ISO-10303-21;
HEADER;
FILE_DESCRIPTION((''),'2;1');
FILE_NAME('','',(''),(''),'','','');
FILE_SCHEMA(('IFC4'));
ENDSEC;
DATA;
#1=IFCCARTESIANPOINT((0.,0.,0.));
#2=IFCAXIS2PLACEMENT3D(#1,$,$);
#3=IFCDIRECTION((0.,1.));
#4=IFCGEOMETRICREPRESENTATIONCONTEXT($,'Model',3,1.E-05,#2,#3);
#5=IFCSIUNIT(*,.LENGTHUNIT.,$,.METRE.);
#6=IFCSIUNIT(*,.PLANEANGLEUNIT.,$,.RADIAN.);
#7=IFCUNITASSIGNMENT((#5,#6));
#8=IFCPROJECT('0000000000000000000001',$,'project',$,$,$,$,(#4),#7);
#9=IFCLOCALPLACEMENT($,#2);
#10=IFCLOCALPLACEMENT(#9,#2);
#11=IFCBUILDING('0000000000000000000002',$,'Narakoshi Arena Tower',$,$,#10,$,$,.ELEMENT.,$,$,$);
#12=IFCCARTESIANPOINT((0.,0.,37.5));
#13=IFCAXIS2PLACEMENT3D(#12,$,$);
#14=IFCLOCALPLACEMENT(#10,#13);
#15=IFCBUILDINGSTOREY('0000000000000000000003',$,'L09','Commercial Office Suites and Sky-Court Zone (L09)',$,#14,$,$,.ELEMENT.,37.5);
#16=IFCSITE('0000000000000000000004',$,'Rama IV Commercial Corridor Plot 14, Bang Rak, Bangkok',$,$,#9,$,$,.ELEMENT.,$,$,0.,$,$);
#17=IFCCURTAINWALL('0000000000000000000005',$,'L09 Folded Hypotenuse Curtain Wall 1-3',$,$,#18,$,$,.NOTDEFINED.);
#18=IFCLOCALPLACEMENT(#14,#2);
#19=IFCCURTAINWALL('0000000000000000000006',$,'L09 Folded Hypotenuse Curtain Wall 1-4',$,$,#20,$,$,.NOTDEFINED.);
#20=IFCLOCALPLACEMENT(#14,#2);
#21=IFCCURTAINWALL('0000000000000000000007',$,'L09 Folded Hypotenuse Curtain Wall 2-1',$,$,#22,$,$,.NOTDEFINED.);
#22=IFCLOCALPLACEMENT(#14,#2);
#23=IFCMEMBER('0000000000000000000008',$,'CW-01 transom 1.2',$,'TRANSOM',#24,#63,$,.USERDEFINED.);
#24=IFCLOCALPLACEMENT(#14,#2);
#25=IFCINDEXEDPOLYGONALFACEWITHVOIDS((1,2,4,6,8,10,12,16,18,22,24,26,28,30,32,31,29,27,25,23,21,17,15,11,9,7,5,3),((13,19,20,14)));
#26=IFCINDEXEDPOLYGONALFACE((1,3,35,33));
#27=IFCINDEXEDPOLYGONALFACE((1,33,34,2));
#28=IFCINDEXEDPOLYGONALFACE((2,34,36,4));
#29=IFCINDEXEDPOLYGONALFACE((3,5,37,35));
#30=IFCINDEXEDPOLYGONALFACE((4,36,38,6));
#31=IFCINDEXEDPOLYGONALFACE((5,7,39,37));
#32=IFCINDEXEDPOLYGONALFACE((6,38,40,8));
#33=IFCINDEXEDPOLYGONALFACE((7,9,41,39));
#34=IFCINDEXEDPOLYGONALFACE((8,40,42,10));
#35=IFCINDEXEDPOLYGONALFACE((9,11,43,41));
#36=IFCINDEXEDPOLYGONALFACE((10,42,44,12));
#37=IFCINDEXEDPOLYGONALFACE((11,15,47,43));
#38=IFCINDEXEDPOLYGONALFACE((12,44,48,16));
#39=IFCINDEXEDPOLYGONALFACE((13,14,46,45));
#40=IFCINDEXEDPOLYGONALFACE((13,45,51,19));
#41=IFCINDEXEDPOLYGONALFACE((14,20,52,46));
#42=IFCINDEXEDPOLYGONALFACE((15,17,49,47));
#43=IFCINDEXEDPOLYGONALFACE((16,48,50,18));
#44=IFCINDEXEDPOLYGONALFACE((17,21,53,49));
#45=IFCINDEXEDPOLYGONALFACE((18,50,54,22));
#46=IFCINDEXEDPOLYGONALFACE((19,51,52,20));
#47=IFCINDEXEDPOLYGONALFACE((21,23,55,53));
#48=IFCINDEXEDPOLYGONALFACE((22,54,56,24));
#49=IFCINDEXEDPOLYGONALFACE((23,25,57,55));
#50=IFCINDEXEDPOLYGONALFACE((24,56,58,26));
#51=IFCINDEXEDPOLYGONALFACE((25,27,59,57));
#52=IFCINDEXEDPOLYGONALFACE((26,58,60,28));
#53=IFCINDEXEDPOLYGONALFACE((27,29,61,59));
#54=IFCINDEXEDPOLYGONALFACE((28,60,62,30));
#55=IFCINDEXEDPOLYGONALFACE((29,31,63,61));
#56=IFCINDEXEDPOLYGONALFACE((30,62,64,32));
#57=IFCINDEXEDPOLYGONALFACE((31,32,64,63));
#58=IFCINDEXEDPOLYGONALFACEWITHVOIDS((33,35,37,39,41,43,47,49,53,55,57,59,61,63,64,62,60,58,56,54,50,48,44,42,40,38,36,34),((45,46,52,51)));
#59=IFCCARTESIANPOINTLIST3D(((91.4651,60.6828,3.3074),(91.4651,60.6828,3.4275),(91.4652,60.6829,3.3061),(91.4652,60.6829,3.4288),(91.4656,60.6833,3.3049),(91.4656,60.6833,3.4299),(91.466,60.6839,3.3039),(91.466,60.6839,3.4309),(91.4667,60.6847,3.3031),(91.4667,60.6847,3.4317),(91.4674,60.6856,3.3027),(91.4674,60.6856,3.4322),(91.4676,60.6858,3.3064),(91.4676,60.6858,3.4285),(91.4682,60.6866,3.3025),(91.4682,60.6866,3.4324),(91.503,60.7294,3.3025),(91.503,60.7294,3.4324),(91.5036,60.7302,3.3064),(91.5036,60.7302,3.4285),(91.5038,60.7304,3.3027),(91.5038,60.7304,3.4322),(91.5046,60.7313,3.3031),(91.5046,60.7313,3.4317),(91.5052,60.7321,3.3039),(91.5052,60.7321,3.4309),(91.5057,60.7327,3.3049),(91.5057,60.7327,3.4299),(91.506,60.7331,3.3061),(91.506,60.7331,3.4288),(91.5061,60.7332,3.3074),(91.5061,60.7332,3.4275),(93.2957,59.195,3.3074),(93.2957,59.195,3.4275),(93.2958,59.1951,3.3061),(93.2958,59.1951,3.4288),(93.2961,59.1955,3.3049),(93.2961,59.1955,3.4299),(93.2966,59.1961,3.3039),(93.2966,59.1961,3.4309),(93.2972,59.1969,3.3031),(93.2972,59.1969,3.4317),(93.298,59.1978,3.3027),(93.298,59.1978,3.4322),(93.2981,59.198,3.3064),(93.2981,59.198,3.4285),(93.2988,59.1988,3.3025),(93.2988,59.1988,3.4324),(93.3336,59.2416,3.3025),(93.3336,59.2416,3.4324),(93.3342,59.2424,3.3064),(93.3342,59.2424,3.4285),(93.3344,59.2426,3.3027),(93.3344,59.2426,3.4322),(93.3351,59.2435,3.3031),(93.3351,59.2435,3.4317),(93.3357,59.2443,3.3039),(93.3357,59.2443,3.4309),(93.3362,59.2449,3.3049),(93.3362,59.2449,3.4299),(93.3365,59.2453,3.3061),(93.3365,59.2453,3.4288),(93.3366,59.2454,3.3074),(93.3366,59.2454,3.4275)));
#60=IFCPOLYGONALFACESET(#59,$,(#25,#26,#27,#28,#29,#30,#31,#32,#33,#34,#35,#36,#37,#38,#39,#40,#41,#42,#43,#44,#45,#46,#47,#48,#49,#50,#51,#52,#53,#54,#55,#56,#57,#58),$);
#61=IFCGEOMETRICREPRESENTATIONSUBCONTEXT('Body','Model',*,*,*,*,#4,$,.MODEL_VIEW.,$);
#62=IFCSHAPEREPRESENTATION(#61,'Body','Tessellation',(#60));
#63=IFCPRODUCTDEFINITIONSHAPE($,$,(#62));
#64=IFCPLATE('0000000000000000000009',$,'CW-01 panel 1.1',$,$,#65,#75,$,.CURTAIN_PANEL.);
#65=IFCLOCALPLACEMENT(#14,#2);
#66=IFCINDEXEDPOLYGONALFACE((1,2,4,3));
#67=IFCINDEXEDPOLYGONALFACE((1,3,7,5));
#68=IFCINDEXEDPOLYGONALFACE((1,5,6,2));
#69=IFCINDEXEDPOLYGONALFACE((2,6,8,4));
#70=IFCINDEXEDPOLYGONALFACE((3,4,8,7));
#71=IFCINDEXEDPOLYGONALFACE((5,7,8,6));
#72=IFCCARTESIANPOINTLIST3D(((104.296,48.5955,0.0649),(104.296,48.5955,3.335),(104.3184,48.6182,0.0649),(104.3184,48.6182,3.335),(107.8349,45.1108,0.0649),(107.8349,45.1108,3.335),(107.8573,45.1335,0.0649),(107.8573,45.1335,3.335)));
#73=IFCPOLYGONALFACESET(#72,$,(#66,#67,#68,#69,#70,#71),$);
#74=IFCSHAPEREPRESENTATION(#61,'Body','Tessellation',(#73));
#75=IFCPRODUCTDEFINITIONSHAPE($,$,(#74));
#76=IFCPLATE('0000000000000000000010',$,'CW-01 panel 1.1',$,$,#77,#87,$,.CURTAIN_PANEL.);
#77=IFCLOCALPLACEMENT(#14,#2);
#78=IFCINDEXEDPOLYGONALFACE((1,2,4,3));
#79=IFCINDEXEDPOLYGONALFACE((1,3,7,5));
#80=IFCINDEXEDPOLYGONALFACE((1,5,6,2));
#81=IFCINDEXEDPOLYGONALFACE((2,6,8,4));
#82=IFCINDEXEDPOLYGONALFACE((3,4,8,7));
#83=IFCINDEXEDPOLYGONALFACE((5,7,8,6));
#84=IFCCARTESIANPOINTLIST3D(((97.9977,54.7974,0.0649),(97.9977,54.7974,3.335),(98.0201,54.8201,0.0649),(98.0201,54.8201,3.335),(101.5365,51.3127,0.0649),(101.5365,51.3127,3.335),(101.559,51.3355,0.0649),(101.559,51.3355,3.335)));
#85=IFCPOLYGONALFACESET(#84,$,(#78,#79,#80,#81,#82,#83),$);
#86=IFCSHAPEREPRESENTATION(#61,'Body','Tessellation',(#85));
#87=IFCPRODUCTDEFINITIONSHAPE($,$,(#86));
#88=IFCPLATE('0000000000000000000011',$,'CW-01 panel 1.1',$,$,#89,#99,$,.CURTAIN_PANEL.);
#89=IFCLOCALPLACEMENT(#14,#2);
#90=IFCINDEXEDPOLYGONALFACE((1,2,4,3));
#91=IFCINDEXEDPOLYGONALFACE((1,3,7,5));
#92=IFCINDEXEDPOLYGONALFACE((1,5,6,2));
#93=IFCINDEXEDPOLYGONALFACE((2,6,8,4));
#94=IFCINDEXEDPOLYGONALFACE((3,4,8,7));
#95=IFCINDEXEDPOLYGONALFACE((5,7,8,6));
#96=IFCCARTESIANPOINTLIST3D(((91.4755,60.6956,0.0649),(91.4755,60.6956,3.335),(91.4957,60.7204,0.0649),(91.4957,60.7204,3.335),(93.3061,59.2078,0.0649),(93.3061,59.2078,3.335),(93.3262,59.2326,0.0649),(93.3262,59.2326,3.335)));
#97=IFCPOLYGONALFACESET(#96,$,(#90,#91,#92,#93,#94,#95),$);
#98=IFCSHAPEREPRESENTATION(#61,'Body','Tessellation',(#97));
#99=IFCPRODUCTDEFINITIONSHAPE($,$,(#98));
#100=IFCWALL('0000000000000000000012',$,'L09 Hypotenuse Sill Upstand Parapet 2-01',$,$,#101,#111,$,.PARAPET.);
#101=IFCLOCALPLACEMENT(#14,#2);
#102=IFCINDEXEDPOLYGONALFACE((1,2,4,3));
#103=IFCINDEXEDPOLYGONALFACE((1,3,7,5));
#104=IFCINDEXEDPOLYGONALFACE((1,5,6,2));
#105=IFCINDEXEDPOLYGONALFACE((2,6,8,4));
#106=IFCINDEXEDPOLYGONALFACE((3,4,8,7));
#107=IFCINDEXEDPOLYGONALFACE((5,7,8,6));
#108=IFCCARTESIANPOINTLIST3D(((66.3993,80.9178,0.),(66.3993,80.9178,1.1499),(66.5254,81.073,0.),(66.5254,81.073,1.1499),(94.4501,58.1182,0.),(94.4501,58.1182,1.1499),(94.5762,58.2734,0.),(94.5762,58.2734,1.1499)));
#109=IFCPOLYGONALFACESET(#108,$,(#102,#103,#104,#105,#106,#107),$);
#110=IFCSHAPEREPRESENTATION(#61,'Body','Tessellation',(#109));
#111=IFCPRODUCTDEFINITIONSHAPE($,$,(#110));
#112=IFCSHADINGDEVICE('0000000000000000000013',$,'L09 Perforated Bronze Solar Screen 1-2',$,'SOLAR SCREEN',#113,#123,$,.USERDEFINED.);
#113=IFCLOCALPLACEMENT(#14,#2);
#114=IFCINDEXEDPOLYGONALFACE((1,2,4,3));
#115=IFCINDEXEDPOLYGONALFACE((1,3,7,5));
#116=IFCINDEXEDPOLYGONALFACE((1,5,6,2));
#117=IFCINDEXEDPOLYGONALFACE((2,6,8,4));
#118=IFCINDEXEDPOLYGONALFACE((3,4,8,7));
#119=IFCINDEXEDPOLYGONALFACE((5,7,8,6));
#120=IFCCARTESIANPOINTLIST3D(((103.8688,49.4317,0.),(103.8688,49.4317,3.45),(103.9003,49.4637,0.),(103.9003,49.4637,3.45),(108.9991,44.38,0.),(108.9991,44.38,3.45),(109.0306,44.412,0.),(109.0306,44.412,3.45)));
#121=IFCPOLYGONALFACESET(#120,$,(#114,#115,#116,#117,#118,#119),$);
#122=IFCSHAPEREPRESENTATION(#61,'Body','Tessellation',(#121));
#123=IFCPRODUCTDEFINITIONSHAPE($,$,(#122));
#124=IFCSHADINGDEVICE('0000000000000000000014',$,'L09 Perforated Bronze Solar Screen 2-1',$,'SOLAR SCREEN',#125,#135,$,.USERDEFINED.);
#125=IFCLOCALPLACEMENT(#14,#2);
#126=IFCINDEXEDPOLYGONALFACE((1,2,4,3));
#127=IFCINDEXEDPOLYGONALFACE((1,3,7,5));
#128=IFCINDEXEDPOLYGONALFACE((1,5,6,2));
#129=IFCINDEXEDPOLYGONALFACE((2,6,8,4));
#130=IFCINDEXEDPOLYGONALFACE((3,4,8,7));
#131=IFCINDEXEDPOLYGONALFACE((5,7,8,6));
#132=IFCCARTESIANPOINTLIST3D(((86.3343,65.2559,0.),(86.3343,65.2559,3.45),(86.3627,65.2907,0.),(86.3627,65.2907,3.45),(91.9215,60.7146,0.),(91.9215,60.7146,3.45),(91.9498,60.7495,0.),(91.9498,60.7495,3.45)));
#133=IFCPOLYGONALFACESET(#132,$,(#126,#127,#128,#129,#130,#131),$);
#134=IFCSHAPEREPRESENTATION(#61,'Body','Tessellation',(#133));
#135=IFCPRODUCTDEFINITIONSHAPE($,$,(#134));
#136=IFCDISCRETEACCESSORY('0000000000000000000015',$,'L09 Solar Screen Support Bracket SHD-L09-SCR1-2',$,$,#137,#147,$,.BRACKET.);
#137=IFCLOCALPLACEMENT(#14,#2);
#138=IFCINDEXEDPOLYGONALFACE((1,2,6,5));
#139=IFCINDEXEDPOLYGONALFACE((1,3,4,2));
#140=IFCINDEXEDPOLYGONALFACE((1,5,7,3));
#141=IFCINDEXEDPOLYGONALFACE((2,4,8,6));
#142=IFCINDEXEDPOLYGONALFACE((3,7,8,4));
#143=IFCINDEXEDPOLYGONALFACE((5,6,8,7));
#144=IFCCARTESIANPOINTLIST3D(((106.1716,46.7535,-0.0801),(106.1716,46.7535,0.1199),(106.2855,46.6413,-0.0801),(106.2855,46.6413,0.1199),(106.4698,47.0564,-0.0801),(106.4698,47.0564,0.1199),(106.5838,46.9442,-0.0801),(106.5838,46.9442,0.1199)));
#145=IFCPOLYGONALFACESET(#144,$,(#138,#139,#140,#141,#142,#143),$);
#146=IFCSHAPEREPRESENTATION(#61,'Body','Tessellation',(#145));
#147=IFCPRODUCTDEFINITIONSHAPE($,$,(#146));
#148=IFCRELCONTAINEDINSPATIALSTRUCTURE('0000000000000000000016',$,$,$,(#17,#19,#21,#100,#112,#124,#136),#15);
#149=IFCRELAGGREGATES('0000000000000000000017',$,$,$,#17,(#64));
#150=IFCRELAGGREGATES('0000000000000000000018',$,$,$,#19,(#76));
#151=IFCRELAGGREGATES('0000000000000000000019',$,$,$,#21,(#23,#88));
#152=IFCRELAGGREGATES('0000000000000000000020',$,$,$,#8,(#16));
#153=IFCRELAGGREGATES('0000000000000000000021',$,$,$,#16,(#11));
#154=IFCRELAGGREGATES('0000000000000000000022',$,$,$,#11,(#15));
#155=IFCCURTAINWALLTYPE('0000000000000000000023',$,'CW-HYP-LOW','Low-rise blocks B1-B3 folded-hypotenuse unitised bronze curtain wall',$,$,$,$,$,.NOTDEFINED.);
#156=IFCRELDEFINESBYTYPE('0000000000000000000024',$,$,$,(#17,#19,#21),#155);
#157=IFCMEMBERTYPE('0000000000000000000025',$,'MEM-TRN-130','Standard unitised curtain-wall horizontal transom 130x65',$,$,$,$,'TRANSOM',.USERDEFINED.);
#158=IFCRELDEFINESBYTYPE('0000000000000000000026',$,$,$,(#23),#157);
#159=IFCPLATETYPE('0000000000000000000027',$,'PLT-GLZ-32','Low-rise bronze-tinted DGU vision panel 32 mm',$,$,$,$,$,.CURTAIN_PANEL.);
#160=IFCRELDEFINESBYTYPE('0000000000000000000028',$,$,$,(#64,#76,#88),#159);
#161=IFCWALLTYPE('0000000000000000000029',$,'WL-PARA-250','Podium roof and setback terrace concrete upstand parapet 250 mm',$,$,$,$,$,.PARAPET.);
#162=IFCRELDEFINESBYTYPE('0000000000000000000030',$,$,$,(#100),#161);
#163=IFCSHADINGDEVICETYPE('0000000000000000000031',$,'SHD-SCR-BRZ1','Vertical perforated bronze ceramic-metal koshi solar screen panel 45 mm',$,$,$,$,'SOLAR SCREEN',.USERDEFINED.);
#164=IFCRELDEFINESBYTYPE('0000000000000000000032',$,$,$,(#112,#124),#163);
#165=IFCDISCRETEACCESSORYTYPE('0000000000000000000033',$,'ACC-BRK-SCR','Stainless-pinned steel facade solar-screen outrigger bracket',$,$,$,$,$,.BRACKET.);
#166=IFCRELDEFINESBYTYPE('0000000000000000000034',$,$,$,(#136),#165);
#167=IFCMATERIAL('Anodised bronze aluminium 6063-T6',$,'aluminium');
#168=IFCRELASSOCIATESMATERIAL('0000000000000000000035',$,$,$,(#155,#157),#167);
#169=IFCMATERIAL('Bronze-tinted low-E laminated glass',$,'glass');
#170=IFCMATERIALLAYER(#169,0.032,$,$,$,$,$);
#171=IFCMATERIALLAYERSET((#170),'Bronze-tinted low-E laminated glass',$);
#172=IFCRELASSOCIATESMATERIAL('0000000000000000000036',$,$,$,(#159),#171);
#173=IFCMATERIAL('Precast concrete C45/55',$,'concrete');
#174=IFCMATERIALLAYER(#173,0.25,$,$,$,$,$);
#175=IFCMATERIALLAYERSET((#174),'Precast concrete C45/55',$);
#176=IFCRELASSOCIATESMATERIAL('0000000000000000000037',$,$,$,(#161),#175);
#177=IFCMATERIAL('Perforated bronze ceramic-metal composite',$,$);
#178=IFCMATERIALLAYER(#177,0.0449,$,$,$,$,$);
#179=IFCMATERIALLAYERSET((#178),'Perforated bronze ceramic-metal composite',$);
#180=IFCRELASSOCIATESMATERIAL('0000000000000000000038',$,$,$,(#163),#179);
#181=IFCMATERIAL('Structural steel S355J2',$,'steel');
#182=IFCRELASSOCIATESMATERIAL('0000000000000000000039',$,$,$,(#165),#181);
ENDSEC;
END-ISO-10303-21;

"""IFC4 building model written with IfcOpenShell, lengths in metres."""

from ifc_helpers import new_model, si_unit, direction, frame, frame_2d, origin, origin_2d, place, context, subcontext, project, spatial, rectangle, hollow_rectangle, extrude, material, layer, layer_set, material_profile, profile_set, type_object, element, aggregate, save


model = new_model("IFC4")

# Units and contexts
model_context = context("Model", 3, precision=1e-05, world=origin(), true_north=direction((0.0, 1.0)))
body_context = subcontext(model_context, "Body", "Model", "MODEL_VIEW")
ifc_project = project(units=[si_unit("LENGTHUNIT", "METRE"), si_unit("PLANEANGLEUNIT", "RADIAN")], contexts=[model_context])

# Site, building, storey
site_placement = place(None, origin())
site = spatial("IfcSite", under=ifc_project, at=site_placement, Name="Rama IV Commercial Corridor Plot 14, Bang Rak, Bangkok", CompositionType="ELEMENT", RefElevation=0.0)
building_placement = place(site_placement, origin())
building = spatial("IfcBuilding", under=site, at=building_placement, Name="Narakoshi Arena Tower", CompositionType="ELEMENT")
storey_placement = place(building_placement, frame((0.0, 0.0, 37.5)))
storey = spatial("IfcBuildingStorey", under=building, at=storey_placement, Name="L09", Description="Commercial Office Suites and Sky-Court Zone (L09)", CompositionType="ELEMENT", Elevation=37.5)

# Shared definitions
ifc_material_1 = material(Name="Structural steel S355J2", Category="steel")

# Curtain walls
ifc_material_2 = material(Name="Anodised bronze aluminium 6063-T6", Category="aluminium")
curtain_wall_type = type_object("IfcCurtainWallType", Name="CW-HYP-LOW", Description="Low-rise blocks B1-B3 folded-hypotenuse unitised bronze curtain wall", PredefinedType="NOTDEFINED", material=ifc_material_2)
curtain_wall_1_placement = place(storey_placement, origin())
curtain_wall_1 = element("IfcCurtainWall", 1, at=curtain_wall_1_placement, inside=storey, type_object=curtain_wall_type, Name="L09 Folded Hypotenuse Curtain Wall 1-3", PredefinedType="NOTDEFINED")
curtain_wall_2_placement = place(storey_placement, origin())
curtain_wall_2 = element("IfcCurtainWall", 2, at=curtain_wall_2_placement, inside=storey, type_object=curtain_wall_type, Name="L09 Folded Hypotenuse Curtain Wall 1-4", PredefinedType="NOTDEFINED")
curtain_wall_3_placement = place(storey_placement, origin())
curtain_wall_3 = element("IfcCurtainWall", 3, at=curtain_wall_3_placement, inside=storey, type_object=curtain_wall_type, Name="L09 Folded Hypotenuse Curtain Wall 2-1", PredefinedType="NOTDEFINED")

# Member
ifc_material_profile_1 = material_profile(ifc_material_2, hollow_rectangle(XDim=0.0649, YDim=0.1299, WallThickness=0.0039, OuterFilletRadius=0.0049, at=origin_2d()), Name="TRN130x65x4")
ifc_profile_set_1 = profile_set([ifc_material_profile_1], Name="Anodised bronze aluminium 6063-T6")
member_type_1 = type_object("IfcMemberType", Name="MEM-TRN-130", Description="Standard unitised curtain-wall horizontal transom 130x65", ElementType="TRANSOM", PredefinedType="USERDEFINED", material=ifc_profile_set_1)
member_1_placement = place(storey_placement, frame((93.3162, 59.2202, 3.3674), z_axis=(-0.776019, 0.63071, 0.0), x_axis=(-0.63071, -0.776019, 0.0)))
member_1 = element("IfcMember", 4, at=member_1_placement, type_object=member_type_1, Name="CW-01 transom 1.2", ObjectType="TRANSOM", PredefinedType="USERDEFINED", context=body_context, shape_type="SweptSolid", body=[
    extrude(hollow_rectangle(XDim=0.0649, YDim=0.1299, WallThickness=0.0039, OuterFilletRadius=0.0049, at=origin_2d()), origin(), (0.0, 0.0, 1.0), 2.3589),
])

# Plates
ifc_material_3 = material(Name="Bronze-tinted low-E laminated glass", Category="glass")
ifc_layer_1 = layer(ifc_material_3, 0.032)
ifc_layer_set_1 = layer_set([ifc_layer_1], Name="Bronze-tinted low-E laminated glass")
plate_type = type_object("IfcPlateType", Name="PLT-GLZ-32", Description="Low-rise bronze-tinted DGU vision panel 32 mm", PredefinedType="CURTAIN_PANEL", material=ifc_layer_set_1)
plate_1_placement = place(storey_placement, frame((106.0767, 46.8645, 0.0649), z_axis=(0.0, 0.0, 1.0), x_axis=(-0.712539, 0.701633, 0.0)))
plate_1 = element("IfcPlate", 5, at=plate_1_placement, type_object=plate_type, Name="CW-01 panel 1.1", PredefinedType="CURTAIN_PANEL", context=body_context, shape_type="SweptSolid", body=[
    extrude(rectangle(XDim=4.9666, YDim=0.032, at=origin_2d()), origin(), (0.0, 0.0, 1.0), 3.27),
])
aggregate(curtain_wall_1, [plate_1])
plate_2_placement = place(storey_placement, frame((99.7783, 53.0664, 0.0649), z_axis=(0.0, 0.0, 1.0), x_axis=(-0.712539, 0.701633, 0.0)))
plate_2 = element("IfcPlate", 6, at=plate_2_placement, type_object=plate_type, Name="CW-01 panel 1.1", PredefinedType="CURTAIN_PANEL", context=body_context, shape_type="SweptSolid", body=[
    extrude(rectangle(XDim=4.9666, YDim=0.032, at=origin_2d()), origin(), (0.0, 0.0, 1.0), 3.27),
])
aggregate(curtain_wall_2, [plate_2])
plate_3_placement = place(storey_placement, frame((92.4009, 59.9641, 0.0649), z_axis=(0.0, 0.0, 1.0), x_axis=(-0.776008, 0.630723, 0.0)))
plate_3 = element("IfcPlate", 7, at=plate_3_placement, type_object=plate_type, Name="CW-01 panel 1.1", PredefinedType="CURTAIN_PANEL", context=body_context, shape_type="SweptSolid", body=[
    extrude(rectangle(XDim=2.3589, YDim=0.032, at=origin_2d()), origin(), (0.0, 0.0, 1.0), 3.27),
])
aggregate(curtain_wall_3, [member_1, plate_3])

# Wall
ifc_material_4 = material(Name="Precast concrete C45/55", Category="concrete")
ifc_layer_2 = layer(ifc_material_4, 0.25)
ifc_layer_set_2 = layer_set([ifc_layer_2], Name="Precast concrete C45/55")
wall_type = type_object("IfcWallType", Name="WL-PARA-250", Description="Podium roof and setback terrace concrete upstand parapet 250 mm", PredefinedType="PARAPET", material=ifc_layer_set_2)
wall_placement = place(storey_placement, frame((94.5132, 58.1958, 0.0), z_axis=(0.0, 0.0, 1.0), x_axis=(-0.776002, 0.630731, 0.0)))
element("IfcWall", 8, at=wall_placement, inside=storey, type_object=wall_type, Name="L09 Hypotenuse Sill Upstand Parapet 2-01", PredefinedType="PARAPET", context=body_context, shape_type="SweptSolid", body=[
    extrude(rectangle(XDim=36.1479, YDim=0.2, at=frame_2d((18.074, 0.0))), origin(), (0.0, 0.0, 1.0), 1.1499),
])

# Shading devices
ifc_material_5 = material(Name="Perforated bronze ceramic-metal composite")
ifc_layer_3 = layer(ifc_material_5, 0.0449)
ifc_layer_set_3 = layer_set([ifc_layer_3], Name="Perforated bronze ceramic-metal composite")
shading_device_type = type_object("IfcShadingDeviceType", Name="SHD-SCR-BRZ1", Description="Vertical perforated bronze ceramic-metal koshi solar screen panel 45 mm", ElementType="SOLAR SCREEN", PredefinedType="USERDEFINED", material=ifc_layer_set_3)
for number, where, z_axis, x_axis, name in (
    (9, (106.4497, 46.9219, 0.0), (0.0, 0.0, 1.0), (-0.712541, 0.701631, 0.0), "L09 Perforated Bronze Solar Screen 1-2"),
    (10, (89.1421, 63.0027, 0.0), (0.0, 0.0, 1.0), (-0.776002, 0.63073, 0.0), "L09 Perforated Bronze Solar Screen 2-1"),
):
    element("IfcShadingDevice", number, at=place(storey_placement, frame(where, z_axis=z_axis, x_axis=x_axis)), inside=storey, type_object=shading_device_type, Name=name, ObjectType="SOLAR SCREEN", PredefinedType="USERDEFINED", context=body_context, shape_type="SweptSolid", body=[
        extrude(rectangle(XDim=7.2, YDim=0.0449, at=origin_2d()), origin(), (0.0, 0.0, 1.0), 3.45),
    ])

# Discrete accessory
discrete_accessory_type = type_object("IfcDiscreteAccessoryType", Name="ACC-BRK-SCR", Description="Stainless-pinned steel facade solar-screen outrigger bracket", PredefinedType="BRACKET", material=ifc_material_1)
discrete_accessory_placement = place(storey_placement, frame((106.3777, 46.8489, -0.0801), z_axis=(0.0, 0.0, 1.0), x_axis=(-0.712541, 0.701631, 0.0)))
element("IfcDiscreteAccessory", 11, at=discrete_accessory_placement, inside=storey, type_object=discrete_accessory_type, Name="L09 Solar Screen Support Bracket SHD-L09-SCR1-2", PredefinedType="BRACKET", context=body_context, shape_type="SweptSolid", body=[
    extrude(rectangle(XDim=0.1599, YDim=0.425, at=origin_2d()), origin(), (0.0, 0.0, 1.0), 0.2),
])

save(model, "model.ifc")
